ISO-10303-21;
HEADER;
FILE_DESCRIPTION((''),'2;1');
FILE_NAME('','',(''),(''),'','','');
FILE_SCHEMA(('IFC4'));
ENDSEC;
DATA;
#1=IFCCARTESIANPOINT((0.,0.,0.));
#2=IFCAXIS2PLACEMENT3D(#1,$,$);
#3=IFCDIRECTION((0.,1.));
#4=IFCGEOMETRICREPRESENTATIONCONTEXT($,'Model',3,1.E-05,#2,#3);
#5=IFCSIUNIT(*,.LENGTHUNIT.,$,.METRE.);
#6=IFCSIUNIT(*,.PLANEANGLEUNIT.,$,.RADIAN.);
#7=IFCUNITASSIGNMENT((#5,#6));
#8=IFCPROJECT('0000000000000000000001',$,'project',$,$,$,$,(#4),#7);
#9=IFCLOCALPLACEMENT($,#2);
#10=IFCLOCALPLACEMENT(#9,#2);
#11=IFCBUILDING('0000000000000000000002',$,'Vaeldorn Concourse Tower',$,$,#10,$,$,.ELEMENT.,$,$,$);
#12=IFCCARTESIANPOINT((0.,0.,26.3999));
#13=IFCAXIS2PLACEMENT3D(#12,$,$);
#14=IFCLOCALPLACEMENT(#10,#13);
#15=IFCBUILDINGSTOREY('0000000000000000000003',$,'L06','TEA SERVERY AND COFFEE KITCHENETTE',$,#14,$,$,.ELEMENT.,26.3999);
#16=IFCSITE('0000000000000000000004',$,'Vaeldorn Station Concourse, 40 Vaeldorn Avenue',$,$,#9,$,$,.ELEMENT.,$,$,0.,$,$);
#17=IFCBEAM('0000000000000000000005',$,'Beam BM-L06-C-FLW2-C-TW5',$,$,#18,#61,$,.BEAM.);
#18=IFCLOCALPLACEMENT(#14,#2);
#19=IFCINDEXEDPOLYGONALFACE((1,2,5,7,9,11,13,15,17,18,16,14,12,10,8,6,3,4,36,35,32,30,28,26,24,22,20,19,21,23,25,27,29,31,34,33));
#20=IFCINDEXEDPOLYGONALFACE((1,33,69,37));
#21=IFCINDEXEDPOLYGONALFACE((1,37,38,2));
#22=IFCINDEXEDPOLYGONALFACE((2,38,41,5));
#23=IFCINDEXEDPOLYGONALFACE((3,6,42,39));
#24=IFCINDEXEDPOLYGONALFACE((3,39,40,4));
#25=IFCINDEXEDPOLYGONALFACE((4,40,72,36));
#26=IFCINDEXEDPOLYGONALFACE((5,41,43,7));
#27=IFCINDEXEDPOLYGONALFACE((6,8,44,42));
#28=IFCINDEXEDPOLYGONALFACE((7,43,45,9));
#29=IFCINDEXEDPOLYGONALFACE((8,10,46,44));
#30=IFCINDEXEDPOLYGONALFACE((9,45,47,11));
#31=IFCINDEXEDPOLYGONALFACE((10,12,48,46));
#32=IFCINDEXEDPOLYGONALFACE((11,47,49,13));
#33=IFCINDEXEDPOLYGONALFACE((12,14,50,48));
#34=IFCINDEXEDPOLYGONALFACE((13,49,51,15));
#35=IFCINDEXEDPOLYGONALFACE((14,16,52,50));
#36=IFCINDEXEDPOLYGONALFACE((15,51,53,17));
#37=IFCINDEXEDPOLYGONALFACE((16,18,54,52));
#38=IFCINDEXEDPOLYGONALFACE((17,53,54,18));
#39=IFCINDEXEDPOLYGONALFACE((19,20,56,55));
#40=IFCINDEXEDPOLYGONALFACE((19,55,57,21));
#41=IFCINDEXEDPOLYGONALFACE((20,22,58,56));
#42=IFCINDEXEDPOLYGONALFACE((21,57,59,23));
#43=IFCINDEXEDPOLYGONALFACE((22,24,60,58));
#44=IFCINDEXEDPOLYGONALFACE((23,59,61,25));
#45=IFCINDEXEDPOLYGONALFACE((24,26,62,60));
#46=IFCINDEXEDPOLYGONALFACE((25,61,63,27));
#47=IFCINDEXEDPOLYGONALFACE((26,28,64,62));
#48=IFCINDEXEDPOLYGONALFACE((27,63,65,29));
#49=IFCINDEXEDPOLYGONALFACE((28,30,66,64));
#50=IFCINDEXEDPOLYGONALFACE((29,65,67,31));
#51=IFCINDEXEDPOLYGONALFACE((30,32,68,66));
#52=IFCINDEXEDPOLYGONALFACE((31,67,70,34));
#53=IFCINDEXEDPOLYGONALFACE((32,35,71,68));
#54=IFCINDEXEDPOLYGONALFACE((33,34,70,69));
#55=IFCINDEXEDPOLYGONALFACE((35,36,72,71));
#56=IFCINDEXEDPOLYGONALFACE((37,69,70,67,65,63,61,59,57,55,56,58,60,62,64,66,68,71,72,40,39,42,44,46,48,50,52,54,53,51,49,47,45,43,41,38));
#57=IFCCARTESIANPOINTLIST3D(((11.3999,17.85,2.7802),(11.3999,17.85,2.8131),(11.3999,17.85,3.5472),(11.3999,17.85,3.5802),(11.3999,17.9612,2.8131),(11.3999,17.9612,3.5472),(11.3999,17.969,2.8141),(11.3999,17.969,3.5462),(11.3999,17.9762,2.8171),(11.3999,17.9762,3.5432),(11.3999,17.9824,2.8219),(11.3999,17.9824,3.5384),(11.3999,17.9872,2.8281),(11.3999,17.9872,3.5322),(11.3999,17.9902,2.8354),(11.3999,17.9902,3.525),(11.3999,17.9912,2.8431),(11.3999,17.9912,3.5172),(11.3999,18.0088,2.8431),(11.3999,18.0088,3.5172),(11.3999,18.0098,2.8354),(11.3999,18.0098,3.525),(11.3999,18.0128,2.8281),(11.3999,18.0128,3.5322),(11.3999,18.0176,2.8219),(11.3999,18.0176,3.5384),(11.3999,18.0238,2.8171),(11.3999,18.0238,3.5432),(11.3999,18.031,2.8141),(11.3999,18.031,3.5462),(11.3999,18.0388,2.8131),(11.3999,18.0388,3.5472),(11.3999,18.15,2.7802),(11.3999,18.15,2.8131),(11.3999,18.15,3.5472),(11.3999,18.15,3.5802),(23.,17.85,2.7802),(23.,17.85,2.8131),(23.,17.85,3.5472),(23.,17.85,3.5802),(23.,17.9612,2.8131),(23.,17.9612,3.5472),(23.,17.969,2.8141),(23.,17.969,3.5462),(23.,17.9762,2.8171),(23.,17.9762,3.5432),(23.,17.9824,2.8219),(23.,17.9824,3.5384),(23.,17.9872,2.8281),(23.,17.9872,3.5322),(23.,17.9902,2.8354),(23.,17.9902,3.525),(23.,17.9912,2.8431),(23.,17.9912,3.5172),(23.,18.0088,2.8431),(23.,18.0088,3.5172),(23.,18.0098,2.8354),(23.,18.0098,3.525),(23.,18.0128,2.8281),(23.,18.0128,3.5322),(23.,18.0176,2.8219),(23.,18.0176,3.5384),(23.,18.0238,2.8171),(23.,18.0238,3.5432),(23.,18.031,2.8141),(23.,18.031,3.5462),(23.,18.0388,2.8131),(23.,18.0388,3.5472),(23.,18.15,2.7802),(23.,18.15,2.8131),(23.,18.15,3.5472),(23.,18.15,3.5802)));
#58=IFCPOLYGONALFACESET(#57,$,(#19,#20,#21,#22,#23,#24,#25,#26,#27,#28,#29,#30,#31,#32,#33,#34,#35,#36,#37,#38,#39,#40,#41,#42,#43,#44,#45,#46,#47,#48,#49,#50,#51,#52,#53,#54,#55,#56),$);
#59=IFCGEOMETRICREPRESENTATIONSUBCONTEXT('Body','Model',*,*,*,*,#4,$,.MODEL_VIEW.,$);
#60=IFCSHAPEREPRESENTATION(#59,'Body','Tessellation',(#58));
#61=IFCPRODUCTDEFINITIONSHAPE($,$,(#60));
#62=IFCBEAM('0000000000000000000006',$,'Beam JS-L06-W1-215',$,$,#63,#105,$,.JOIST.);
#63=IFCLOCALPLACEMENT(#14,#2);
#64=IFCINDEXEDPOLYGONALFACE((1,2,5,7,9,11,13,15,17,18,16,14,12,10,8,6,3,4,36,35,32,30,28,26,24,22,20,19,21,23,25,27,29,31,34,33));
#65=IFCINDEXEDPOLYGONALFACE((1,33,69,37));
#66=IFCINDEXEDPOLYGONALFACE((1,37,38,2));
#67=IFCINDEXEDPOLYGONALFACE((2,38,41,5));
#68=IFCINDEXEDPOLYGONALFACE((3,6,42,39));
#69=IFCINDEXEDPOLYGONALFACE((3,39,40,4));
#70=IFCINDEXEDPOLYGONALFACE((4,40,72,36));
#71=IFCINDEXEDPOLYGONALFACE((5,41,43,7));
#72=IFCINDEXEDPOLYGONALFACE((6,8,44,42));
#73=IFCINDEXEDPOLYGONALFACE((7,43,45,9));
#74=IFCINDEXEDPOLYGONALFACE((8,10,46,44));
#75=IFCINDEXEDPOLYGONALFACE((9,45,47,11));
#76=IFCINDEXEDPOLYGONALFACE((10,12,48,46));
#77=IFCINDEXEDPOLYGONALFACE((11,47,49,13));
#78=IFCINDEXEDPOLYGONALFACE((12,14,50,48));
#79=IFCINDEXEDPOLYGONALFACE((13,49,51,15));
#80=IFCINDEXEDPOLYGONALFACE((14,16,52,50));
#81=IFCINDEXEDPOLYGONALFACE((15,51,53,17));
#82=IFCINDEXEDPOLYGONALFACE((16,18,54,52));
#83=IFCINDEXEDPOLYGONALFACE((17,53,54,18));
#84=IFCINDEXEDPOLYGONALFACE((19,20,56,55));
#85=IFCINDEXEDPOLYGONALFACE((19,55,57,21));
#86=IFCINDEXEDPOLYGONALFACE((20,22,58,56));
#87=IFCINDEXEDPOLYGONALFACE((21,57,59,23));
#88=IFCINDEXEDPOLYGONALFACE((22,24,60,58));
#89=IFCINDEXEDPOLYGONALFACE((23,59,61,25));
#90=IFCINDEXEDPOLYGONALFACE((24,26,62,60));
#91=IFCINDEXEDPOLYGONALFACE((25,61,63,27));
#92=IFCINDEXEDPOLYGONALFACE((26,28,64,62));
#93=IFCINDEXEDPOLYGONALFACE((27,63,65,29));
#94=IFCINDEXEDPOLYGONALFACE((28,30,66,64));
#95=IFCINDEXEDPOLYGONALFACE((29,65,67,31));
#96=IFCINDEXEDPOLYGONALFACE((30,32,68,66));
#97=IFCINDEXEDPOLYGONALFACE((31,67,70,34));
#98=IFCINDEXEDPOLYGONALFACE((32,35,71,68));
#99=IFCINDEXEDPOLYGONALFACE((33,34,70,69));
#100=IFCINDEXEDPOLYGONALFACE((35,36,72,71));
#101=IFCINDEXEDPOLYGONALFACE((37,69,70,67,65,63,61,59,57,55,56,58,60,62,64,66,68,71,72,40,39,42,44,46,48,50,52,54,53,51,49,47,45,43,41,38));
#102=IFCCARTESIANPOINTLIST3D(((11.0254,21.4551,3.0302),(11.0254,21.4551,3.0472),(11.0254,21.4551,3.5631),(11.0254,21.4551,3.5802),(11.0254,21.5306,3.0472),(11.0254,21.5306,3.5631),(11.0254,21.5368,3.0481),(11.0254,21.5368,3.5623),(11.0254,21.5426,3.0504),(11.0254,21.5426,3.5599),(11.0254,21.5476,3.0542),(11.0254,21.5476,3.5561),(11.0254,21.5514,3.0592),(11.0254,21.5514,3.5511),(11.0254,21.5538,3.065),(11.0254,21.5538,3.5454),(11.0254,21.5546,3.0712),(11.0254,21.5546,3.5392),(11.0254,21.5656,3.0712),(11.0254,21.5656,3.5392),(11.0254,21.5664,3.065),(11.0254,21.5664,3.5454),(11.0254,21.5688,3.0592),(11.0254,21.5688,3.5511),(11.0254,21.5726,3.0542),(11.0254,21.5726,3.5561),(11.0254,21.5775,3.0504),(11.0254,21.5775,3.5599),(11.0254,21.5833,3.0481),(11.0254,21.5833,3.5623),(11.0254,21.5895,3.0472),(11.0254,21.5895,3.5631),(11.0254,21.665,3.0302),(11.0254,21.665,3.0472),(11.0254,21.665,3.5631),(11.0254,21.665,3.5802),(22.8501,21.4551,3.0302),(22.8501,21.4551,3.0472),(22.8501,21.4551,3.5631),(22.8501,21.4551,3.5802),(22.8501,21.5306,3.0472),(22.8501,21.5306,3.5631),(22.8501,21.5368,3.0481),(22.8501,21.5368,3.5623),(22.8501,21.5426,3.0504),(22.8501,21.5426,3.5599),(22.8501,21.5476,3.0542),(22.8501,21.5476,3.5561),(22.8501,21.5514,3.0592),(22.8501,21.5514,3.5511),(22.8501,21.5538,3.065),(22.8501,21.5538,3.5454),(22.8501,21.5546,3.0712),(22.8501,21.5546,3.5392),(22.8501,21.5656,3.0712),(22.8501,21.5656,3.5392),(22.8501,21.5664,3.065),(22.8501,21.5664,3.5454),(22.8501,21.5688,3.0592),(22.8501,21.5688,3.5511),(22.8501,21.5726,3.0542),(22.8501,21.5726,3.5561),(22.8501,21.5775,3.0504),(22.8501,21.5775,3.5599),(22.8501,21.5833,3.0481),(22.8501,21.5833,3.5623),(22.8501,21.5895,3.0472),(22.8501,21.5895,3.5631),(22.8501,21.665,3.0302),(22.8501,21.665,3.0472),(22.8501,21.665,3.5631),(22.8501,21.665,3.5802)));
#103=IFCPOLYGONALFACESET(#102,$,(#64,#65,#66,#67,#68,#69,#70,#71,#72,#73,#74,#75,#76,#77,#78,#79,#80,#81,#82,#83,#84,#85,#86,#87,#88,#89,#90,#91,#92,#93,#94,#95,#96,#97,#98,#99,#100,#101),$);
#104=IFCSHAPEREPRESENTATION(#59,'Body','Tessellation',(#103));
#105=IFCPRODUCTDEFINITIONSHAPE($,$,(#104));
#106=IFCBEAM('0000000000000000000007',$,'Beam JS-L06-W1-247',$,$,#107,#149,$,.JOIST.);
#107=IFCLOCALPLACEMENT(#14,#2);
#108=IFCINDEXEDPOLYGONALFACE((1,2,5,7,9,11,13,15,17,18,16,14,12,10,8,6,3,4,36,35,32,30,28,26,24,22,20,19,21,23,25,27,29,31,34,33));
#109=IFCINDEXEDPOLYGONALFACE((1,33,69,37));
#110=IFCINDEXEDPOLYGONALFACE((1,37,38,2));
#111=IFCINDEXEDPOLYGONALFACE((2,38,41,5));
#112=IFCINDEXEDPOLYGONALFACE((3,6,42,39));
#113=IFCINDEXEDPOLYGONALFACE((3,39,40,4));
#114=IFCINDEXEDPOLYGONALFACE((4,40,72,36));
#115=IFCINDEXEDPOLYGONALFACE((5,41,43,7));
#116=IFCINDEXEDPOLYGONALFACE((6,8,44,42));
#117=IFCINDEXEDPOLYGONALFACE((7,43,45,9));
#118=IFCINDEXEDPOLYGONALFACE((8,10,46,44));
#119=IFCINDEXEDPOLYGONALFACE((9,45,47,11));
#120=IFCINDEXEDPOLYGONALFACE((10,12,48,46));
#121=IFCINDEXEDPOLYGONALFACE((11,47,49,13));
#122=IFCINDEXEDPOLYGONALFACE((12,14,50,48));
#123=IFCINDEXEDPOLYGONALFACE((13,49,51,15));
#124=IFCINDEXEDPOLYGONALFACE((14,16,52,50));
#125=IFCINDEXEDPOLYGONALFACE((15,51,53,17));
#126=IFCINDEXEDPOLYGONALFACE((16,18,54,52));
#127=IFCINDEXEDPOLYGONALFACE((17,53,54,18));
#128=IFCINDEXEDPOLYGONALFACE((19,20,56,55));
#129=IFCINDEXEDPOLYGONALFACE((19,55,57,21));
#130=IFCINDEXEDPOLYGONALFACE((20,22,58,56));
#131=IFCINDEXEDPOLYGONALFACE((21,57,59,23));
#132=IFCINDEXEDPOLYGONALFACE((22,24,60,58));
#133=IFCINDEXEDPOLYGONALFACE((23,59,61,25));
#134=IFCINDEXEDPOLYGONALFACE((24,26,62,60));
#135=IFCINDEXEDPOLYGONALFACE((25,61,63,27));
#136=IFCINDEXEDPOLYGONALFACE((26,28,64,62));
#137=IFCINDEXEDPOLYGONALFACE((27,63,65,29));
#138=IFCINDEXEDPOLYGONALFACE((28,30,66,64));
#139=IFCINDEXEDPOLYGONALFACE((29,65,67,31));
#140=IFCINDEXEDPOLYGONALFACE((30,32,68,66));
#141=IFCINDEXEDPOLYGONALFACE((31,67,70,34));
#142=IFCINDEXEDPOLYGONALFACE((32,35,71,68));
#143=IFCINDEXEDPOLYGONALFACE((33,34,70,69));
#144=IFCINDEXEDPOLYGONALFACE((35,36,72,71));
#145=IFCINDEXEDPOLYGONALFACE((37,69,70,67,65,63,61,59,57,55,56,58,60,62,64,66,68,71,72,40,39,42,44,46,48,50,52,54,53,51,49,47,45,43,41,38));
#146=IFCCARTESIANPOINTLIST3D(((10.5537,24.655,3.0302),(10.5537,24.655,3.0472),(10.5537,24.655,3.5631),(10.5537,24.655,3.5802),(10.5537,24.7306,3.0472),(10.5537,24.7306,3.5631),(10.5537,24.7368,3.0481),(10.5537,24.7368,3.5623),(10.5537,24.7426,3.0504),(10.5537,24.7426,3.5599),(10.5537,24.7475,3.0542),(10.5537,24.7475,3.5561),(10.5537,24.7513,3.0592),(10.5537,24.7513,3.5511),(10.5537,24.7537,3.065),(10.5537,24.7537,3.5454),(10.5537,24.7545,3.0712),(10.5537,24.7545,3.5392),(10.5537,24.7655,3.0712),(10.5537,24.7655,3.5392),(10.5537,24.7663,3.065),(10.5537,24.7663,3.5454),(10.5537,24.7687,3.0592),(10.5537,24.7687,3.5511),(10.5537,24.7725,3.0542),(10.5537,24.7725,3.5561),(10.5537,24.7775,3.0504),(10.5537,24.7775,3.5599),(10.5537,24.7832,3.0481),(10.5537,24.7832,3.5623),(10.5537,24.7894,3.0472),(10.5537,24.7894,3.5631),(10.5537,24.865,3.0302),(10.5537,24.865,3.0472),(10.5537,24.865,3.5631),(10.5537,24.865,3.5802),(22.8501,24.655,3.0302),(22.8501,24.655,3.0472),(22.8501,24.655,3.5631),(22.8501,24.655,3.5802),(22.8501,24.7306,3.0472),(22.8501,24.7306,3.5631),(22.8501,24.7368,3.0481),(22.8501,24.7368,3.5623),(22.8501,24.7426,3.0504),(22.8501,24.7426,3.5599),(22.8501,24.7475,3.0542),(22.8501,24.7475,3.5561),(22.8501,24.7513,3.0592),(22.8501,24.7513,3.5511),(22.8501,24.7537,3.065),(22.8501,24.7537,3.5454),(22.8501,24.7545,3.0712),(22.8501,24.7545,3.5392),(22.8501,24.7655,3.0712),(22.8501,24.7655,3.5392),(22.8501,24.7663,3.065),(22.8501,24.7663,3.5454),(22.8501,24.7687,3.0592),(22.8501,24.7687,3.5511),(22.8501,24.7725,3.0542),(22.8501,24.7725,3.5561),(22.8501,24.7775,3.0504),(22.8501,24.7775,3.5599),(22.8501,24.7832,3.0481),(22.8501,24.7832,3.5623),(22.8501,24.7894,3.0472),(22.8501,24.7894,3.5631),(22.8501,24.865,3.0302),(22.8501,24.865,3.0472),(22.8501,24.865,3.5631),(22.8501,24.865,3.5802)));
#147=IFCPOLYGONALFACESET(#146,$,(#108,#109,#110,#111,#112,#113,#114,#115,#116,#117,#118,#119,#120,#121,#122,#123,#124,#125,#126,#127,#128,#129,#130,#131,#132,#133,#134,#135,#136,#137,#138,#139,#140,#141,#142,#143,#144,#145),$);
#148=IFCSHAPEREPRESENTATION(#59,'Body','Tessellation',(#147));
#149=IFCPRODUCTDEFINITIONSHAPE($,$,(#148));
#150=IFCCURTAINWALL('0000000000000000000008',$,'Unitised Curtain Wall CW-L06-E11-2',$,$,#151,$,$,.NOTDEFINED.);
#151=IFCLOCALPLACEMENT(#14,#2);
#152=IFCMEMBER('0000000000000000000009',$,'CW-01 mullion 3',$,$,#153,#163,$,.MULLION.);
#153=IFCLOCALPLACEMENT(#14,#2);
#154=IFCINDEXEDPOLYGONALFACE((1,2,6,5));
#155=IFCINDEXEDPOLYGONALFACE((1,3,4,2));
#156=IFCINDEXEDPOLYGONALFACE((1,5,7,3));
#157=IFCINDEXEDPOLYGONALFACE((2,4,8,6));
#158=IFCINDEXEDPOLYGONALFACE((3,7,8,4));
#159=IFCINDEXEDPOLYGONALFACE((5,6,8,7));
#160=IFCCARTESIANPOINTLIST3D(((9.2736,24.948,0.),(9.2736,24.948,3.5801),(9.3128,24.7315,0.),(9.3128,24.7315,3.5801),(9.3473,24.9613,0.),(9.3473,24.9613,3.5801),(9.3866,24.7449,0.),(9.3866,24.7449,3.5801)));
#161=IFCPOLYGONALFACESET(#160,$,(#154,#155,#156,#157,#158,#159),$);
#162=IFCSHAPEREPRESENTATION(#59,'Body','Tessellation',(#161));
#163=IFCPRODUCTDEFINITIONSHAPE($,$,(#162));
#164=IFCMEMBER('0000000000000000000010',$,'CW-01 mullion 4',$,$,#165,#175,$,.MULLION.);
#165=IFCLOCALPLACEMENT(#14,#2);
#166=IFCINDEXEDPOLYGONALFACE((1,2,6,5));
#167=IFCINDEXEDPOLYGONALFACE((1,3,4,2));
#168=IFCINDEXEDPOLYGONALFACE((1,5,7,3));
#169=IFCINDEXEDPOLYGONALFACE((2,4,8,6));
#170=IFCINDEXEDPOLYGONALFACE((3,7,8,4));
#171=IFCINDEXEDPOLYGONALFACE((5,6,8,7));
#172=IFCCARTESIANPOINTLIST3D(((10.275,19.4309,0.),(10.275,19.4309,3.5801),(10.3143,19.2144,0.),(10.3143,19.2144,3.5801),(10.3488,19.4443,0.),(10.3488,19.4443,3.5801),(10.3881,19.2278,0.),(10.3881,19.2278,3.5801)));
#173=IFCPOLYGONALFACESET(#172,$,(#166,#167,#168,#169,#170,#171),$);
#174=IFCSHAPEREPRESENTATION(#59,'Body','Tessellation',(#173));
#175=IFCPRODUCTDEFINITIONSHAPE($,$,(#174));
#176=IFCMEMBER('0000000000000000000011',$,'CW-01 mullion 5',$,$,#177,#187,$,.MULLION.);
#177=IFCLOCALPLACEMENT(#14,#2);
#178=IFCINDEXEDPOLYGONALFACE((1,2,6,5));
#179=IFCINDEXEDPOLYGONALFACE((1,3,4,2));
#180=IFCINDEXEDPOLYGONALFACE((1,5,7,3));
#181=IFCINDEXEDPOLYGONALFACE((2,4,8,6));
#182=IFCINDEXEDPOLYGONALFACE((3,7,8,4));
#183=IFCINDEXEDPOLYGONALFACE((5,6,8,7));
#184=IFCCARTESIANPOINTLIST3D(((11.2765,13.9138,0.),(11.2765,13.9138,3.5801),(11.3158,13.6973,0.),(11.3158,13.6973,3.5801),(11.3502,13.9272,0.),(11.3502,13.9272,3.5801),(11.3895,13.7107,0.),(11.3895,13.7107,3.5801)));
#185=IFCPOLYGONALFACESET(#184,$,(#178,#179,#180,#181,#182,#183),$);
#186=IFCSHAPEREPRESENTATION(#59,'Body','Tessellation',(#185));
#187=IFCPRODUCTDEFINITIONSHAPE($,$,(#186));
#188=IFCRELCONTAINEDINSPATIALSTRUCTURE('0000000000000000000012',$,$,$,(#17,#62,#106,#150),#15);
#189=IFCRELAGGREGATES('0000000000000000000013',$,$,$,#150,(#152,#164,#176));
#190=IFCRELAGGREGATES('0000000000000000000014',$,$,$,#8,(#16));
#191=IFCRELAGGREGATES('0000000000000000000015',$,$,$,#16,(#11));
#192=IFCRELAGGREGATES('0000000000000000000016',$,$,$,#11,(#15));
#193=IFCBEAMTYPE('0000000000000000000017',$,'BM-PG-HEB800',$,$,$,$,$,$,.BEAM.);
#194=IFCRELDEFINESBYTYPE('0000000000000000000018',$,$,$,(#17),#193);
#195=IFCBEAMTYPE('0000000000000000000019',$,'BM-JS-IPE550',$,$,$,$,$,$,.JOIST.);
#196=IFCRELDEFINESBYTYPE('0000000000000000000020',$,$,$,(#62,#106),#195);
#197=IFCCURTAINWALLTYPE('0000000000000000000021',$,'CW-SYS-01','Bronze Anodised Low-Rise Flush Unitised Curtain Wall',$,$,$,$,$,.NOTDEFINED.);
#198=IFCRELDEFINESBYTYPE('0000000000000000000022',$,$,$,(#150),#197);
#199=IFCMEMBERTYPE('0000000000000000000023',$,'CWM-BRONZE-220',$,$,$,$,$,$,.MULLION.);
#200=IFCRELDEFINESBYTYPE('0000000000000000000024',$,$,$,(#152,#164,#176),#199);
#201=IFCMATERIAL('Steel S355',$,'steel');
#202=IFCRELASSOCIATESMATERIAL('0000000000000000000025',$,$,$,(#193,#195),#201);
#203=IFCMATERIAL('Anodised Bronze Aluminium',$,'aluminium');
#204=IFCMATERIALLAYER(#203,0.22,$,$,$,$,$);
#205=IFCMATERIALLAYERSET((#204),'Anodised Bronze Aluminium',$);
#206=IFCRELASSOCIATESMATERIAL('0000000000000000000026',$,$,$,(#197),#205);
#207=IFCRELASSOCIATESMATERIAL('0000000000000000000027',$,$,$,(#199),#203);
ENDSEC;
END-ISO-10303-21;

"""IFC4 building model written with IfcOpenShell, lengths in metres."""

from ifc_helpers import new_model, si_unit, direction, frame, origin, origin_2d, place, context, subcontext, project, spatial, rectangle, i_section, extrude, source, transform, mapped, material, layer, layer_set, material_profile, profile_set, type_object, element, aggregate, save


model = new_model("IFC4")

# Units and contexts
model_context = context("Model", 3, precision=1e-05, world=origin(), true_north=direction((0.0, 1.0)))
body_context = subcontext(model_context, "Body", "Model", "MODEL_VIEW")
ifc_project = project(units=[si_unit("LENGTHUNIT", "METRE"), si_unit("PLANEANGLEUNIT", "RADIAN")], contexts=[model_context])

# Site, building, storey
site_placement = place(None, origin())
site = spatial("IfcSite", under=ifc_project, at=site_placement, Name="Vaeldorn Station Concourse, 40 Vaeldorn Avenue", CompositionType="ELEMENT", RefElevation=0.0)
building_placement = place(site_placement, origin())
building = spatial("IfcBuilding", under=site, at=building_placement, Name="Vaeldorn Concourse Tower", CompositionType="ELEMENT")
storey_placement = place(building_placement, frame((0.0, 0.0, 26.3999)))
storey = spatial("IfcBuildingStorey", under=building, at=storey_placement, Name="L06", Description="TEA SERVERY AND COFFEE KITCHENETTE", CompositionType="ELEMENT", Elevation=26.3999)

# Beams
ifc_material_1 = material(Name="Steel S355", Category="steel")
ifc_material_profile_1 = material_profile(ifc_material_1, i_section(OverallWidth=0.3, OverallDepth=0.8, WebThickness=0.0176, FlangeThickness=0.033, FilletRadius=0.03, at=origin_2d()), Name="HEB 800")
ifc_profile_set_1 = profile_set([ifc_material_profile_1], Name="Steel S355")
beam_type_1 = type_object("IfcBeamType", Name="BM-PG-HEB800", PredefinedType="BEAM", material=ifc_profile_set_1)
shared_shape_1 = source(origin(), body_context, "Body", "SweptSolid", [
    extrude(i_section(OverallWidth=0.3, OverallDepth=0.8, WebThickness=0.0176, FlangeThickness=0.033, FilletRadius=0.03, at=origin_2d()), origin(), (0.0, 0.0, 1.0), 11.6001),
])
beam_1_placement = place(storey_placement, frame((11.3999, 18.0, 3.1802), z_axis=(1.0, 0.0, 0.0), x_axis=(0.0, 1.0, 0.0)))
element("IfcBeam", 1, at=beam_1_placement, inside=storey, type_object=beam_type_1, Name="Beam BM-L06-C-FLW2-C-TW5", PredefinedType="BEAM", context=body_context, shape_type="MappedRepresentation", body=[
    mapped(shared_shape_1, transform((0.0, 0.0, 0.0), scale=1.0)),
])
ifc_material_profile_2 = material_profile(ifc_material_1, i_section(OverallWidth=0.21, OverallDepth=0.55, WebThickness=0.011, FlangeThickness=0.0171, FilletRadius=0.0239, at=origin_2d()), Name="IPE 550")
ifc_profile_set_2 = profile_set([ifc_material_profile_2], Name="Steel S355")
beam_type_2 = type_object("IfcBeamType", Name="BM-JS-IPE550", PredefinedType="JOIST", material=ifc_profile_set_2)
shared_shape_2 = source(origin(), body_context, "Body", "SweptSolid", [
    extrude(i_section(OverallWidth=0.21, OverallDepth=0.55, WebThickness=0.011, FlangeThickness=0.0171, FilletRadius=0.0239, at=origin_2d()), origin(), (0.0, 0.0, 1.0), 11.8247),
])
beam_2_placement = place(storey_placement, frame((11.0254, 21.5601, 3.3052), z_axis=(1.0, 0.0, 0.0), x_axis=(0.0, 1.0, 0.0)))
element("IfcBeam", 2, at=beam_2_placement, inside=storey, type_object=beam_type_2, Name="Beam JS-L06-W1-215", PredefinedType="JOIST", context=body_context, shape_type="MappedRepresentation", body=[
    mapped(shared_shape_2, transform((0.0, 0.0, 0.0), scale=1.0)),
])
shared_shape_3 = source(origin(), body_context, "Body", "SweptSolid", [
    extrude(i_section(OverallWidth=0.21, OverallDepth=0.55, WebThickness=0.011, FlangeThickness=0.0171, FilletRadius=0.0239, at=origin_2d()), origin(), (0.0, 0.0, 1.0), 12.2964),
])
beam_3_placement = place(storey_placement, frame((10.5537, 24.76, 3.3052), z_axis=(1.0, 0.0, 0.0), x_axis=(0.0, 1.0, 0.0)))
element("IfcBeam", 3, at=beam_3_placement, inside=storey, type_object=beam_type_2, Name="Beam JS-L06-W1-247", PredefinedType="JOIST", context=body_context, shape_type="MappedRepresentation", body=[
    mapped(shared_shape_3, transform((0.0, 0.0, 0.0), scale=1.0)),
])

# Curtain wall, members
ifc_material_2 = material(Name="Anodised Bronze Aluminium", Category="aluminium")
ifc_layer_1 = layer(ifc_material_2, 0.22)
ifc_layer_set_1 = layer_set([ifc_layer_1], Name="Anodised Bronze Aluminium")
curtain_wall_type = type_object("IfcCurtainWallType", Name="CW-SYS-01", Description="Bronze Anodised Low-Rise Flush Unitised Curtain Wall", PredefinedType="NOTDEFINED", material=ifc_layer_set_1)
curtain_wall_placement = place(storey_placement, origin())
curtain_wall = element("IfcCurtainWall", 4, at=curtain_wall_placement, inside=storey, type_object=curtain_wall_type, Name="Unitised Curtain Wall CW-L06-E11-2", PredefinedType="NOTDEFINED")
ifc_material_profile_3 = material_profile(ifc_material_2, rectangle(XDim=0.075, YDim=0.22, at=origin_2d()), Name="CWM 75x220")
ifc_profile_set_3 = profile_set([ifc_material_profile_3], Name="Anodised Bronze Aluminium")
member_type_1 = type_object("IfcMemberType", Name="CWM-BRONZE-220", PredefinedType="MULLION", material=ifc_profile_set_3)
shared_shape_4 = source(origin(), body_context, "Body", "SweptSolid", [
    extrude(rectangle(XDim=0.075, YDim=0.22, at=origin_2d()), origin(), (0.0, 0.0, 1.0), 3.5801),
])
member_1_placement = place(storey_placement, frame((9.3301, 24.8464, 0.0), z_axis=(0.0, 0.0, 1.0), x_axis=(0.98392, 0.178609, 0.0)))
member_1 = element("IfcMember", 5, at=member_1_placement, type_object=member_type_1, Name="CW-01 mullion 3", PredefinedType="MULLION", context=body_context, shape_type="MappedRepresentation", body=[
    mapped(shared_shape_4, transform((0.0, 0.0, 0.0), scale=1.0)),
])
member_2_placement = place(storey_placement, frame((10.3315, 19.3293, 0.0), z_axis=(0.0, 0.0, 1.0), x_axis=(0.98392, 0.178609, 0.0)))
member_2 = element("IfcMember", 6, at=member_2_placement, type_object=member_type_1, Name="CW-01 mullion 4", PredefinedType="MULLION", context=body_context, shape_type="MappedRepresentation", body=[
    mapped(shared_shape_4, transform((0.0, 0.0, 0.0), scale=1.0)),
])
member_3_placement = place(storey_placement, frame((11.333, 13.8123, 0.0), z_axis=(0.0, 0.0, 1.0), x_axis=(0.98392, 0.178609, 0.0)))
member_3 = element("IfcMember", 7, at=member_3_placement, type_object=member_type_1, Name="CW-01 mullion 5", PredefinedType="MULLION", context=body_context, shape_type="MappedRepresentation", body=[
    mapped(shared_shape_4, transform((0.0, 0.0, 0.0), scale=1.0)),
])
aggregate(curtain_wall, [member_1, member_2, member_3])

save(model, "model.ifc")
